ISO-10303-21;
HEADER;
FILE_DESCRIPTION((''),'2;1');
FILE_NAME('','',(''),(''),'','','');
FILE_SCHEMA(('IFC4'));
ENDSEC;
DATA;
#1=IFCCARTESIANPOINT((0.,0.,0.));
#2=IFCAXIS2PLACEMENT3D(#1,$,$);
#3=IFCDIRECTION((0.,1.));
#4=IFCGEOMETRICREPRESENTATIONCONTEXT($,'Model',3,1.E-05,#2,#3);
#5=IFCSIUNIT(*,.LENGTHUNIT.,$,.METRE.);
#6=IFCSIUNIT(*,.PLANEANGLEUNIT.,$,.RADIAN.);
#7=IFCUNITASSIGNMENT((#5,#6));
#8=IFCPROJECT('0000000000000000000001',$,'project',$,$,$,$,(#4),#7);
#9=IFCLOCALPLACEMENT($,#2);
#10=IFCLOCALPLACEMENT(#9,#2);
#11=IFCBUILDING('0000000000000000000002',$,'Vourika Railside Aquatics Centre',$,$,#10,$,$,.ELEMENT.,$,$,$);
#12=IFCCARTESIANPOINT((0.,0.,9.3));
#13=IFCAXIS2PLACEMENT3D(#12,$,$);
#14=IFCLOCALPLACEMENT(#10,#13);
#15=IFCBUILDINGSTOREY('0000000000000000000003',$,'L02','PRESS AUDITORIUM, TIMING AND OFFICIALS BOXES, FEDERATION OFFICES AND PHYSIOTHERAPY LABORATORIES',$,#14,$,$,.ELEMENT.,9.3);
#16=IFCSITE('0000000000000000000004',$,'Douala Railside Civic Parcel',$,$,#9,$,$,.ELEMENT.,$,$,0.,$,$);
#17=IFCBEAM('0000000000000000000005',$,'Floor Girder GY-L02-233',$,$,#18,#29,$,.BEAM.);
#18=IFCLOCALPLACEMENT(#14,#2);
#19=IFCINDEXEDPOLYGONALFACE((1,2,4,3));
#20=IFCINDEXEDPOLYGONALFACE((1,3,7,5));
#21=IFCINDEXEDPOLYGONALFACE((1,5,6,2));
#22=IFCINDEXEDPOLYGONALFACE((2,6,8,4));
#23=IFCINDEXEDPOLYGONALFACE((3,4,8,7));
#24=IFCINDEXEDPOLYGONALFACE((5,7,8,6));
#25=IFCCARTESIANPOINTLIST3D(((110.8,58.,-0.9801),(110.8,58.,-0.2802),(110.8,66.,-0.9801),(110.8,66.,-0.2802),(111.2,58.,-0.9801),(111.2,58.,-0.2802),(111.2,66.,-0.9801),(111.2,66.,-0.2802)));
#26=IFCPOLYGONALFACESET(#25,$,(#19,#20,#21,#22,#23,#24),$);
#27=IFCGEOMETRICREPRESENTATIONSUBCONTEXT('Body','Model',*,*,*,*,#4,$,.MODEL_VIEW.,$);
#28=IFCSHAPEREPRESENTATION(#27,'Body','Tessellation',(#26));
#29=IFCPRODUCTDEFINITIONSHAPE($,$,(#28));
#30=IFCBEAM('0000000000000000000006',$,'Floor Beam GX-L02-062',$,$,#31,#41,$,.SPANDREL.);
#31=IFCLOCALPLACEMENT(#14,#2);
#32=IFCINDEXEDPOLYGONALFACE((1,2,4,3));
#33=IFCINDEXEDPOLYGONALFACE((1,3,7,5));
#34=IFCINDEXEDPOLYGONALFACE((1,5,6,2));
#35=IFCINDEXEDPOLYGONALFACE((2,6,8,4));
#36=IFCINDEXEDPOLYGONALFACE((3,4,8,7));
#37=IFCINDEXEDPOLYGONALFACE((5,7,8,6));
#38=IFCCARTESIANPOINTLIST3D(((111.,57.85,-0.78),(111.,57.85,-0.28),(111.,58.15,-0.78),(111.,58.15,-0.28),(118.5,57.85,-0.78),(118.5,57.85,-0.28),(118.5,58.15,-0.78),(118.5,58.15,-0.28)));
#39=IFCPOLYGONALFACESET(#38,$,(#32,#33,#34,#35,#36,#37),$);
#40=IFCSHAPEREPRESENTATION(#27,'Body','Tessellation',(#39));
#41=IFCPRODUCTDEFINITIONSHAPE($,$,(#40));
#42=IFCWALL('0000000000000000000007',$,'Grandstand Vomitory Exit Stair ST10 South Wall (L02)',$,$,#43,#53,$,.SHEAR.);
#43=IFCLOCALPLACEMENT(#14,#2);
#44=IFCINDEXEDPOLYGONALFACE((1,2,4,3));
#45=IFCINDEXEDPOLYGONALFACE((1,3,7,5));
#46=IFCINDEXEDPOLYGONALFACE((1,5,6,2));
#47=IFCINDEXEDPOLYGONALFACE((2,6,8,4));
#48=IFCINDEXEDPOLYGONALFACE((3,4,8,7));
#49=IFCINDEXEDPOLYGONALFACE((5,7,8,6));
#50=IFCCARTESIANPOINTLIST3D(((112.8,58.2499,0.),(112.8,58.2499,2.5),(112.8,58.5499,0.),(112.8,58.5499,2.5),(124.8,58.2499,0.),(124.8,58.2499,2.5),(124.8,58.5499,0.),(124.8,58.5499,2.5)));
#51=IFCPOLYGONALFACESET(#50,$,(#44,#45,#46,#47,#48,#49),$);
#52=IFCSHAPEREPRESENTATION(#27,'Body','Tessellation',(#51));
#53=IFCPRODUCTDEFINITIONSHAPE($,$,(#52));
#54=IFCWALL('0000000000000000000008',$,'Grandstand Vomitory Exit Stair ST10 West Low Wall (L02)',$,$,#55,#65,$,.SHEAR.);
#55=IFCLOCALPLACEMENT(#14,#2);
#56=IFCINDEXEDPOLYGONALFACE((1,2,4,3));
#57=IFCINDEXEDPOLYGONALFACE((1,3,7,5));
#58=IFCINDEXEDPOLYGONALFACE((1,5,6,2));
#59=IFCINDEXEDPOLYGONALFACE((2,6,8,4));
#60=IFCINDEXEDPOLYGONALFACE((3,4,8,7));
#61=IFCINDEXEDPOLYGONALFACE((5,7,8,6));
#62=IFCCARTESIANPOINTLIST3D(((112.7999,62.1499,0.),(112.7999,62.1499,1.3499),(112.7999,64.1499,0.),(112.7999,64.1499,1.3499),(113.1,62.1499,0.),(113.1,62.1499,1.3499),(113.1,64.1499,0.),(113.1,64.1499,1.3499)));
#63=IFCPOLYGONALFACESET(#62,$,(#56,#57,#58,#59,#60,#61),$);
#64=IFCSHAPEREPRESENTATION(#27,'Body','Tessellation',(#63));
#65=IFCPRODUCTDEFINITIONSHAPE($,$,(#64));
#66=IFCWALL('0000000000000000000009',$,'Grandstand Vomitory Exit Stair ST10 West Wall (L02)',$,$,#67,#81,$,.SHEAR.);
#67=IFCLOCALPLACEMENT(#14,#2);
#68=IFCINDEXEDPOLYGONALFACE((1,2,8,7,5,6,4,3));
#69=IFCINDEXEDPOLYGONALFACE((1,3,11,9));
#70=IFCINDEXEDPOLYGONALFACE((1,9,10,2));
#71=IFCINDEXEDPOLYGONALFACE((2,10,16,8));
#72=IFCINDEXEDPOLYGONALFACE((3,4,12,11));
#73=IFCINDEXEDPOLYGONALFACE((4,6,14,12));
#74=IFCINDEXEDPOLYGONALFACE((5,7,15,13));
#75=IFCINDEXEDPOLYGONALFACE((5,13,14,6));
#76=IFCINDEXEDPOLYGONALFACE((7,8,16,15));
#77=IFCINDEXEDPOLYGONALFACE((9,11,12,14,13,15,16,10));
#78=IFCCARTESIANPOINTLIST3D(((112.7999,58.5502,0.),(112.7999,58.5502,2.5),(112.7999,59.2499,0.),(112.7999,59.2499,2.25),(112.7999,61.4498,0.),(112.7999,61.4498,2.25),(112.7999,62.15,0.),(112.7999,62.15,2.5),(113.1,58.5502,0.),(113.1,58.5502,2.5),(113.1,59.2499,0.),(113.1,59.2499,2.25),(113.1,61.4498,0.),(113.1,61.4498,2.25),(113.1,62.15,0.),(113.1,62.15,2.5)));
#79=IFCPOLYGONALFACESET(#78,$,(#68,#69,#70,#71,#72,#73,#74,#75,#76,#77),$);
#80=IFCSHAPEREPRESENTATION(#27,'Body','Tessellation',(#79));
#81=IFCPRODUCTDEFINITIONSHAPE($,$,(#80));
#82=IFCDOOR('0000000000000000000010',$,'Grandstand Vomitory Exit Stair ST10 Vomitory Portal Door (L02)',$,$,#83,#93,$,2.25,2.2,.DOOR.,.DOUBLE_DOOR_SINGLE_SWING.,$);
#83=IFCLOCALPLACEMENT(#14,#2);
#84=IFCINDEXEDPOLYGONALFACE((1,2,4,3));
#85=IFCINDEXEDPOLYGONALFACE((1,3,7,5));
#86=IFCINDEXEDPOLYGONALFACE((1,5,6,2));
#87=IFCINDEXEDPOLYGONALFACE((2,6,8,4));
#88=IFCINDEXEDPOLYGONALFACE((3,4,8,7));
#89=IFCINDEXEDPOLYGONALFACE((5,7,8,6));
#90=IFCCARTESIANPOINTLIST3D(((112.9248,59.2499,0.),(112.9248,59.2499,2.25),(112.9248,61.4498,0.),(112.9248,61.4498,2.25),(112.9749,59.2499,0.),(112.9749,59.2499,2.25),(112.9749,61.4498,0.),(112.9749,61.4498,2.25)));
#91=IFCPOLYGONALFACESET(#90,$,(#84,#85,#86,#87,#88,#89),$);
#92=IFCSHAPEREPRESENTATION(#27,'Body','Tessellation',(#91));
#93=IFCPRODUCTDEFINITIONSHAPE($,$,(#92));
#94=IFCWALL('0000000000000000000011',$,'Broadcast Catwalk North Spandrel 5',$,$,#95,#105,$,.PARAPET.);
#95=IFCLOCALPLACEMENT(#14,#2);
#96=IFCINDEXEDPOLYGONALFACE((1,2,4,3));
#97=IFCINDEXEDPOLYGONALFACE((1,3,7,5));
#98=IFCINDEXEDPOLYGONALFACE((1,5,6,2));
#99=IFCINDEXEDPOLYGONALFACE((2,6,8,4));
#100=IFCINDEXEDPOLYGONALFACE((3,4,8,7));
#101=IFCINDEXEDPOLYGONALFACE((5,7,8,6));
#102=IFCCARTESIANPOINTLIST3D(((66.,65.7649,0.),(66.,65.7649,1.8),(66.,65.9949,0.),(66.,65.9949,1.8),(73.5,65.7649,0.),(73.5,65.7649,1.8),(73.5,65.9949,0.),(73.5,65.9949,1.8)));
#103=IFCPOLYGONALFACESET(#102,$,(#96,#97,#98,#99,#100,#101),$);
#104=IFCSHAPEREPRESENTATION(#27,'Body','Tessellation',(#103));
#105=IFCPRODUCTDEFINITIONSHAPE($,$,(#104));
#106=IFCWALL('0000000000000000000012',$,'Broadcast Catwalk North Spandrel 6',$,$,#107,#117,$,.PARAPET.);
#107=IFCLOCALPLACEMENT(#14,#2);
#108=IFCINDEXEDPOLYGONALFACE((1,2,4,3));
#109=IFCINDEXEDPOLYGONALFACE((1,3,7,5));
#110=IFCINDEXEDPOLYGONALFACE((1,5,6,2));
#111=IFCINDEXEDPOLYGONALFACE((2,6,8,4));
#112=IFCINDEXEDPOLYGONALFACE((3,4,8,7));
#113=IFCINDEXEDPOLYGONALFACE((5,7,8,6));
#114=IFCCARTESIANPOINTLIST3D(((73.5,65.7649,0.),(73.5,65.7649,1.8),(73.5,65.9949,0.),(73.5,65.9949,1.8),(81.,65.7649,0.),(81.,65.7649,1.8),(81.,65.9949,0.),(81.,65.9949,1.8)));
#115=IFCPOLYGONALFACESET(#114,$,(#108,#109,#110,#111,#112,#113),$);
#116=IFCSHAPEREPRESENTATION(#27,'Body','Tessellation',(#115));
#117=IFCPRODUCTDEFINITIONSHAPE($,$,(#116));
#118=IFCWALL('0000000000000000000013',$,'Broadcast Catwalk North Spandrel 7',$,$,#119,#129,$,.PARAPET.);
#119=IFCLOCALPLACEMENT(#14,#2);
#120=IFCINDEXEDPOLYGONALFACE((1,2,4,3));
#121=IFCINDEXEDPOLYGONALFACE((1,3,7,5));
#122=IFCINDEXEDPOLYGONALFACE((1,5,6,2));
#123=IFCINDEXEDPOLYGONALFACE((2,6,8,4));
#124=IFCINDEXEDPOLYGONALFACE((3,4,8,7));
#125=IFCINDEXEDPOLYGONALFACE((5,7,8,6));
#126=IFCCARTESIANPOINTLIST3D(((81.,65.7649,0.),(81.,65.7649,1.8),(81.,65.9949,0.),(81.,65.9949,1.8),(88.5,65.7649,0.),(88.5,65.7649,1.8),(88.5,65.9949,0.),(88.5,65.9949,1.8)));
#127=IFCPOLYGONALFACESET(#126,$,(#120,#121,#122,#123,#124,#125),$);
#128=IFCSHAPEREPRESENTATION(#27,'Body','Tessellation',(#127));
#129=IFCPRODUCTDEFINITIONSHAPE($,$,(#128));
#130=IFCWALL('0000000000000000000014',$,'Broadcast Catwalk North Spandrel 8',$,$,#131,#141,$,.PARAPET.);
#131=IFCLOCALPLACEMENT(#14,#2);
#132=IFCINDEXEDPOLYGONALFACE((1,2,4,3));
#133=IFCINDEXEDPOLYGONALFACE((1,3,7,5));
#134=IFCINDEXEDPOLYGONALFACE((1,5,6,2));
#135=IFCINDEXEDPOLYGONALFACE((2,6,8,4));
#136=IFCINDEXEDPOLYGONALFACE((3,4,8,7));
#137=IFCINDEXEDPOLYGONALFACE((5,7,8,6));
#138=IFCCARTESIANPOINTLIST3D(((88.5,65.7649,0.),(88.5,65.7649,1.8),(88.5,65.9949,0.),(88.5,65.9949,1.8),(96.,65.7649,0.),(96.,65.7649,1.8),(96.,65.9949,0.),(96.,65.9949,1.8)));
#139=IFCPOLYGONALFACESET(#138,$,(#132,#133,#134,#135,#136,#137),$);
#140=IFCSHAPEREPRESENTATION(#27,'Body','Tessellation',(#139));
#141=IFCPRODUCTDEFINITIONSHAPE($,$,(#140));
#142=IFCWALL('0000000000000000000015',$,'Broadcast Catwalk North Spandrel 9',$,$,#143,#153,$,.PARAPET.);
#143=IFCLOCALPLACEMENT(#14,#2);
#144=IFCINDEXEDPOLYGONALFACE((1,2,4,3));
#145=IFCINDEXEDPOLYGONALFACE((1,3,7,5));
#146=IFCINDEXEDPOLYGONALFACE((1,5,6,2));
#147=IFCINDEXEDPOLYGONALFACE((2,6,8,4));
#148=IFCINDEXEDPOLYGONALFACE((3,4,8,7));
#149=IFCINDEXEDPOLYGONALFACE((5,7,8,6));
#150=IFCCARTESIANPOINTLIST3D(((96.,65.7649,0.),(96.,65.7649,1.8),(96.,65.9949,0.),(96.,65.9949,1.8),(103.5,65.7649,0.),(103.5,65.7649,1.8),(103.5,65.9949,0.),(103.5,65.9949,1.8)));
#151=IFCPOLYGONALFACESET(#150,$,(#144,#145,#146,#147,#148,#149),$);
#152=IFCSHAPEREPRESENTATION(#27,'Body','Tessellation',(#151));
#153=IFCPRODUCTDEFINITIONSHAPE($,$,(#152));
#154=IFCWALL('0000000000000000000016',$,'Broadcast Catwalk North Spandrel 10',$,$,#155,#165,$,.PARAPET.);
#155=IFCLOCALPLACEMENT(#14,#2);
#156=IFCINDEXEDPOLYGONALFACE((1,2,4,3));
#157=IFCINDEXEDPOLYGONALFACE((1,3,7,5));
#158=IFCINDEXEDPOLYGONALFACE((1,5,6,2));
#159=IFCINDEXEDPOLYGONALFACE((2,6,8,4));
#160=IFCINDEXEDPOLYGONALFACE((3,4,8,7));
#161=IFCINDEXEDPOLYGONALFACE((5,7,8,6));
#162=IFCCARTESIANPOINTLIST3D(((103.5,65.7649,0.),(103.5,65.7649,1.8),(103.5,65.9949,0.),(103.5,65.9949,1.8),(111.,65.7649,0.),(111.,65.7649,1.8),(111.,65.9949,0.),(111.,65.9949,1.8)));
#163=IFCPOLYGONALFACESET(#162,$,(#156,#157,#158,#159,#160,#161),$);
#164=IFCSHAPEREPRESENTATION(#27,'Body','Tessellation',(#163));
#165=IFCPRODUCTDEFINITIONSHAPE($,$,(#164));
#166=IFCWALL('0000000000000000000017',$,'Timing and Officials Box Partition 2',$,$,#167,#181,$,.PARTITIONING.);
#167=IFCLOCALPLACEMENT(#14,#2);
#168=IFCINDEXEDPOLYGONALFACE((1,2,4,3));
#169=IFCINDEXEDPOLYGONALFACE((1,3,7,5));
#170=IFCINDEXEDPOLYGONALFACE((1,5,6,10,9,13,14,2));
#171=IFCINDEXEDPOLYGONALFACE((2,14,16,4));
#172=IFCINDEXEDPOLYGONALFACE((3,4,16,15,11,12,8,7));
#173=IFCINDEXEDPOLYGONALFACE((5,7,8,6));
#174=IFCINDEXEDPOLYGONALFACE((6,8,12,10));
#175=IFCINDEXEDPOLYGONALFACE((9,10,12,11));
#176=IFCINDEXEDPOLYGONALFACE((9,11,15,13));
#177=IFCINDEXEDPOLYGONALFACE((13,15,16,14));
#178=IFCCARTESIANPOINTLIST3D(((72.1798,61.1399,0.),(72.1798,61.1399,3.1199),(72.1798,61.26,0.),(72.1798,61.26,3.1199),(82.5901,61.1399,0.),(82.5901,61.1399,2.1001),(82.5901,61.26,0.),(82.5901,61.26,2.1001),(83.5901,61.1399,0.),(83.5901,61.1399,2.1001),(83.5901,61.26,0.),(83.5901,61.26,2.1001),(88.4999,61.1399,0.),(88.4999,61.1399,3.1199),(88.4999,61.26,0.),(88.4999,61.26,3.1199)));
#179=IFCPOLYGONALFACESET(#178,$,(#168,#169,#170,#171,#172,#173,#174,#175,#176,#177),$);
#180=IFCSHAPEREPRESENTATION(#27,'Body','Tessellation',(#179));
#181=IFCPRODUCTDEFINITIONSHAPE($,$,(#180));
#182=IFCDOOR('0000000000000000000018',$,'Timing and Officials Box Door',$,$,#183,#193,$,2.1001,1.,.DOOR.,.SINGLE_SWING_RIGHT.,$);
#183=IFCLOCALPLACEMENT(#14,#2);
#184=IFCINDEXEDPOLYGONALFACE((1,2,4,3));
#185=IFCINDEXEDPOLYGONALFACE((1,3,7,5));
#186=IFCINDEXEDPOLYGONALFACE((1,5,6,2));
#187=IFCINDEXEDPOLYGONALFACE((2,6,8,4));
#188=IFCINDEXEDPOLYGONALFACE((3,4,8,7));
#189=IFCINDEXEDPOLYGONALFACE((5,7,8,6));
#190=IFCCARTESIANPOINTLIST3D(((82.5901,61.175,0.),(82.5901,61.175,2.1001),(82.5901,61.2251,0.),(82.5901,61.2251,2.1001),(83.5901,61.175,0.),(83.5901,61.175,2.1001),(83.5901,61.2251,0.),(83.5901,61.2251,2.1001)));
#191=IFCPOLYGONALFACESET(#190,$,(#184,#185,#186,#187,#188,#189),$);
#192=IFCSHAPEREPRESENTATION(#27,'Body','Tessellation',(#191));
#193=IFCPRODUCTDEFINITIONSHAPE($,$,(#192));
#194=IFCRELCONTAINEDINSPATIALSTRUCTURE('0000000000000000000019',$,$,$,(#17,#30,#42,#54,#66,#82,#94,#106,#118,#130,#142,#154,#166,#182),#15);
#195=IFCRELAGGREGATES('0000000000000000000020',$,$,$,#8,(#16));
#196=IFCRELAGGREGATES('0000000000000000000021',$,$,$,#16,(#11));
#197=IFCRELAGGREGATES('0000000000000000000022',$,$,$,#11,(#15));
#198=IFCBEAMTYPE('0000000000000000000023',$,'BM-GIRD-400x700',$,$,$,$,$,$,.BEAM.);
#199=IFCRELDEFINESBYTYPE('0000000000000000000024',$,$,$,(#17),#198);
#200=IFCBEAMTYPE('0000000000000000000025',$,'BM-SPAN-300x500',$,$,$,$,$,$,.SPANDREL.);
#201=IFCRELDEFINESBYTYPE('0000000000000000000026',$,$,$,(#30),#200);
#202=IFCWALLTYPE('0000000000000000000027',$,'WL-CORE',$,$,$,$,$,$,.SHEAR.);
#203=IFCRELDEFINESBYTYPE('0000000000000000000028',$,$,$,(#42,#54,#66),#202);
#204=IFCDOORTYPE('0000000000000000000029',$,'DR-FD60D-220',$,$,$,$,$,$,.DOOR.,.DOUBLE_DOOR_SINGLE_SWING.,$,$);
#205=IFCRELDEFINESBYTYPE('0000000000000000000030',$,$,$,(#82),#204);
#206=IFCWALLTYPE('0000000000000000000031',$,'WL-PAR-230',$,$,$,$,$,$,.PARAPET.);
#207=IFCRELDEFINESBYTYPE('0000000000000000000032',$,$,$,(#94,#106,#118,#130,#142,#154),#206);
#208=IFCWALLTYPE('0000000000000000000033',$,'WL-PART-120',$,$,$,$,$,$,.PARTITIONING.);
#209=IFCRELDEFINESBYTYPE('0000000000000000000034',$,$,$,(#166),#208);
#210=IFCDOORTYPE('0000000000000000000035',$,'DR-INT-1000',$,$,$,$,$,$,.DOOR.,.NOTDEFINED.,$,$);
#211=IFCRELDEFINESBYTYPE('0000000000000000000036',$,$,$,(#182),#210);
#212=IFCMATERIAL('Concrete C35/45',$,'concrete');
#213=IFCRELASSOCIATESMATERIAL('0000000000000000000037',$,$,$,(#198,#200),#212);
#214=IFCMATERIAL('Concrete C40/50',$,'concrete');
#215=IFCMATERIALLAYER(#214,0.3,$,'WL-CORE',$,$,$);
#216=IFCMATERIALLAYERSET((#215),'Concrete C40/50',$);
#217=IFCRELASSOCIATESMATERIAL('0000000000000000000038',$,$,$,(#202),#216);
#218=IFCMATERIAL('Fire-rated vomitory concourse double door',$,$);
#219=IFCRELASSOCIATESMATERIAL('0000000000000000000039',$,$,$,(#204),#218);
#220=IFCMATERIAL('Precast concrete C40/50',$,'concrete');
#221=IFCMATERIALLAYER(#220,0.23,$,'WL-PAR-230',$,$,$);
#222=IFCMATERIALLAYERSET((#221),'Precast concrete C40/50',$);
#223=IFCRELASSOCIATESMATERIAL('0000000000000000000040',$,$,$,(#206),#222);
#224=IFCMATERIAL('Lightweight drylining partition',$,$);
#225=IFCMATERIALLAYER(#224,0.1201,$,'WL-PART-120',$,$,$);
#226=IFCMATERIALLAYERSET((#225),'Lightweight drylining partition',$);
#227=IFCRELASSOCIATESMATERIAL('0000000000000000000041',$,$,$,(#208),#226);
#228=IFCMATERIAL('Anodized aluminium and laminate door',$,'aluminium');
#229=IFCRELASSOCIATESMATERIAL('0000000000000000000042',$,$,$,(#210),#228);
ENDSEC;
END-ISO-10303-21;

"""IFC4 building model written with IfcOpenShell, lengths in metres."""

from ifc_helpers import new_model, si_unit, direction, frame, frame_2d, origin, origin_2d, place, context, subcontext, project, spatial, rectangle, extrude, material, layer, layer_set, material_profile, profile_set, type_object, element, fill, save


model = new_model("IFC4")

# Units and contexts
model_context = context("Model", 3, precision=1e-05, world=origin(), true_north=direction((0.0, 1.0)))
body_context = subcontext(model_context, "Body", "Model", "MODEL_VIEW")
ifc_project = project(units=[si_unit("LENGTHUNIT", "METRE"), si_unit("PLANEANGLEUNIT", "RADIAN")], contexts=[model_context])

# Site, building, storey
site_placement = place(None, origin())
site = spatial("IfcSite", under=ifc_project, at=site_placement, Name="Douala Railside Civic Parcel", CompositionType="ELEMENT", RefElevation=0.0)
building_placement = place(site_placement, origin())
building = spatial("IfcBuilding", under=site, at=building_placement, Name="Vourika Railside Aquatics Centre", CompositionType="ELEMENT")
storey_placement = place(building_placement, frame((0.0, 0.0, 9.3)))
storey = spatial("IfcBuildingStorey", under=building, at=storey_placement, Name="L02", Description="PRESS AUDITORIUM, TIMING AND OFFICIALS BOXES, FEDERATION OFFICES AND PHYSIOTHERAPY LABORATORIES", CompositionType="ELEMENT", Elevation=9.3)

# Beams
ifc_material_1 = material(Name="Concrete C35/45", Category="concrete")
ifc_material_profile_1 = material_profile(ifc_material_1, rectangle(XDim=0.3999, YDim=0.7, at=origin_2d()), Name="RC 400x700")
ifc_profile_set_1 = profile_set([ifc_material_profile_1], Name="Concrete C35/45")
beam_type_1 = type_object("IfcBeamType", Name="BM-GIRD-400x700", PredefinedType="BEAM", material=ifc_profile_set_1)
beam_1_placement = place(storey_placement, frame((111.0, 58.0, -0.6301), z_axis=(0.0, 1.0, 0.0), x_axis=(-1.0, 0.0, 0.0)))
element("IfcBeam", 1, at=beam_1_placement, inside=storey, type_object=beam_type_1, Name="Floor Girder GY-L02-233", PredefinedType="BEAM", context=body_context, shape_type="SweptSolid", body=[
    extrude(rectangle(XDim=0.3999, YDim=0.7, at=origin_2d()), origin(), (0.0, 0.0, 1.0), 8.0),
])
ifc_material_profile_2 = material_profile(ifc_material_1, rectangle(XDim=0.3, YDim=0.5, at=origin_2d()), Name="RC 300x500")
ifc_profile_set_2 = profile_set([ifc_material_profile_2], Name="Concrete C35/45")
beam_type_2 = type_object("IfcBeamType", Name="BM-SPAN-300x500", PredefinedType="SPANDREL", material=ifc_profile_set_2)
beam_2_placement = place(storey_placement, frame((111.0, 58.0, -0.53), z_axis=(1.0, 0.0, 0.0), x_axis=(0.0, 1.0, 0.0)))
element("IfcBeam", 2, at=beam_2_placement, inside=storey, type_object=beam_type_2, Name="Floor Beam GX-L02-062", PredefinedType="SPANDREL", context=body_context, shape_type="SweptSolid", body=[
    extrude(rectangle(XDim=0.3, YDim=0.5, at=origin_2d()), origin(), (0.0, 0.0, 1.0), 7.5),
])

# Walls
ifc_material_2 = material(Name="Concrete C40/50", Category="concrete")
ifc_layer_1 = layer(ifc_material_2, 0.3, Name="WL-CORE")
ifc_layer_set_1 = layer_set([ifc_layer_1], Name="Concrete C40/50")
wall_type_1 = type_object("IfcWallType", Name="WL-CORE", PredefinedType="SHEAR", material=ifc_layer_set_1)
wall_1_placement = place(storey_placement, frame((112.8, 58.3999, 0.0), z_axis=(0.0, 0.0, 1.0), x_axis=(1.0, 0.0, 0.0)))
element("IfcWall", 3, at=wall_1_placement, inside=storey, type_object=wall_type_1, Name="Grandstand Vomitory Exit Stair ST10 South Wall (L02)", PredefinedType="SHEAR", context=body_context, shape_type="SweptSolid", body=[
    extrude(rectangle(XDim=12.0, YDim=0.3, at=frame_2d((6.0, 0.0))), origin(), (0.0, 0.0, 1.0), 2.5),
])
wall_2_placement = place(storey_placement, frame((112.95, 64.1499, 0.0), z_axis=(0.0, 0.0, 1.0), x_axis=(0.0, -1.0, 0.0)))
element("IfcWall", 4, at=wall_2_placement, inside=storey, type_object=wall_type_1, Name="Grandstand Vomitory Exit Stair ST10 West Low Wall (L02)", PredefinedType="SHEAR", context=body_context, shape_type="SweptSolid", body=[
    extrude(rectangle(XDim=2.0, YDim=0.3, at=frame_2d((1.0, 0.0))), origin(), (0.0, 0.0, 1.0), 1.3499),
])

# Wall, opening, door
wall_3_placement = place(storey_placement, frame((112.95, 62.1499, 0.0), z_axis=(0.0, 0.0, 1.0), x_axis=(0.0, -1.0, 0.0)))
wall_3 = element("IfcWall", 5, at=wall_3_placement, inside=storey, type_object=wall_type_1, Name="Grandstand Vomitory Exit Stair ST10 West Wall (L02)", PredefinedType="SHEAR", context=body_context, shape_type="SweptSolid", body=[
    extrude(rectangle(XDim=3.5999, YDim=0.3, at=frame_2d((1.7998, 0.0))), origin(), (0.0, 0.0, 1.0), 2.5),
])
opening_1_placement = place(wall_3_placement, frame((0.7, 0.0, 0.0)))
opening_1 = element("IfcOpeningElement", 6, at=opening_1_placement, cuts=wall_3, PredefinedType="OPENING", context=body_context, shape_type="SweptSolid", body=[
    extrude(rectangle(XDim=2.2, YDim=2.25, at=frame_2d((1.1001, 1.125))), frame((0.0, 0.1602, 0.0), z_axis=(0.0, -1.0, 0.0), x_axis=(1.0, 0.0, 0.0)), (0.0, 0.0, 1.0), 0.3201),
])
ifc_material_3 = material(Name="Fire-rated vomitory concourse double door")
door_type_1 = type_object("IfcDoorType", Name="DR-FD60D-220", OperationType="DOUBLE_DOOR_SINGLE_SWING", PredefinedType="DOOR", material=ifc_material_3)
door_1_placement = place(opening_1_placement, origin())
door_1 = element("IfcDoor", 7, at=door_1_placement, inside=storey, type_object=door_type_1, Name="Grandstand Vomitory Exit Stair ST10 Vomitory Portal Door (L02)", OperationType="DOUBLE_DOOR_SINGLE_SWING", OverallHeight=2.25, OverallWidth=2.2, PredefinedType="DOOR", context=body_context, shape_type="SweptSolid", body=[
    extrude(rectangle(XDim=2.2, YDim=2.25, at=frame_2d((1.1001, 1.125))), frame((0.0, 0.0249, 0.0), z_axis=(0.0, -1.0, 0.0), x_axis=(1.0, 0.0, 0.0)), (0.0, 0.0, 1.0), 0.05),
])
fill(opening_1, door_1)

# Walls
ifc_material_4 = material(Name="Precast concrete C40/50", Category="concrete")
ifc_layer_2 = layer(ifc_material_4, 0.23, Name="WL-PAR-230")
ifc_layer_set_2 = layer_set([ifc_layer_2], Name="Precast concrete C40/50")
wall_type_2 = type_object("IfcWallType", Name="WL-PAR-230", PredefinedType="PARAPET", material=ifc_layer_set_2)
for number, where, z_axis, x_axis, name in (
    (8, (73.5, 65.8799, 0.0), (0.0, 0.0, 1.0), (-1.0, 0.0, 0.0), "Broadcast Catwalk North Spandrel 5"),
    (9, (81.0, 65.8799, 0.0), (0.0, 0.0, 1.0), (-1.0, 0.0, 0.0), "Broadcast Catwalk North Spandrel 6"),
    (10, (88.5, 65.8799, 0.0), (0.0, 0.0, 1.0), (-1.0, 0.0, 0.0), "Broadcast Catwalk North Spandrel 7"),
    (11, (96.0, 65.8799, 0.0), (0.0, 0.0, 1.0), (-1.0, 0.0, 0.0), "Broadcast Catwalk North Spandrel 8"),
    (12, (103.5, 65.8799, 0.0), (0.0, 0.0, 1.0), (-1.0, 0.0, 0.0), "Broadcast Catwalk North Spandrel 9"),
    (13, (111.0, 65.8799, 0.0), (0.0, 0.0, 1.0), (-1.0, 0.0, 0.0), "Broadcast Catwalk North Spandrel 10"),
):
    element("IfcWall", number, at=place(storey_placement, frame(where, z_axis=z_axis, x_axis=x_axis)), inside=storey, type_object=wall_type_2, Name=name, PredefinedType="PARAPET", context=body_context, shape_type="SweptSolid", body=[
        extrude(rectangle(XDim=7.5, YDim=0.23, at=frame_2d((3.75, 0.0))), origin(), (0.0, 0.0, 1.0), 1.8),
    ])

# Wall, opening, door
ifc_material_5 = material(Name="Lightweight drylining partition")
ifc_layer_3 = layer(ifc_material_5, 0.1201, Name="WL-PART-120")
ifc_layer_set_3 = layer_set([ifc_layer_3], Name="Lightweight drylining partition")
wall_type_3 = type_object("IfcWallType", Name="WL-PART-120", PredefinedType="PARTITIONING", material=ifc_layer_set_3)
wall_4_placement = place(storey_placement, frame((88.5, 61.2, 0.0), z_axis=(0.0, 0.0, 1.0), x_axis=(-1.0, 0.0, 0.0)))
wall_4 = element("IfcWall", 14, at=wall_4_placement, inside=storey, type_object=wall_type_3, Name="Timing and Officials Box Partition 2", PredefinedType="PARTITIONING", context=body_context, shape_type="SweptSolid", body=[
    extrude(rectangle(XDim=16.3201, YDim=0.1201, at=frame_2d((8.1602, 0.0))), origin(), (0.0, 0.0, 1.0), 3.1199),
])
opening_2_placement = place(wall_4_placement, frame((4.9099, 0.0, 0.0)))
opening_2 = element("IfcOpeningElement", 15, at=opening_2_placement, cuts=wall_4, PredefinedType="OPENING", context=body_context, shape_type="SweptSolid", body=[
    extrude(rectangle(XDim=1.0, YDim=2.1001, at=frame_2d((0.5, 1.05))), frame((0.0, 0.0701, 0.0), z_axis=(0.0, -1.0, 0.0), x_axis=(1.0, 0.0, 0.0)), (0.0, 0.0, 1.0), 0.1401),
])
ifc_material_6 = material(Name="Anodized aluminium and laminate door", Category="aluminium")
door_type_2 = type_object("IfcDoorType", Name="DR-INT-1000", OperationType="NOTDEFINED", PredefinedType="DOOR", material=ifc_material_6)
door_2_placement = place(opening_2_placement, origin())
door_2 = element("IfcDoor", 16, at=door_2_placement, inside=storey, type_object=door_type_2, Name="Timing and Officials Box Door", OperationType="SINGLE_SWING_RIGHT", OverallHeight=2.1001, OverallWidth=1.0, PredefinedType="DOOR", context=body_context, shape_type="SweptSolid", body=[
    extrude(rectangle(XDim=1.0, YDim=2.1001, at=frame_2d((0.5, 1.05))), frame((0.0, 0.0249, 0.0), z_axis=(0.0, -1.0, 0.0), x_axis=(1.0, 0.0, 0.0)), (0.0, 0.0, 1.0), 0.05),
])
fill(opening_2, door_2)

save(model, "model.ifc")
